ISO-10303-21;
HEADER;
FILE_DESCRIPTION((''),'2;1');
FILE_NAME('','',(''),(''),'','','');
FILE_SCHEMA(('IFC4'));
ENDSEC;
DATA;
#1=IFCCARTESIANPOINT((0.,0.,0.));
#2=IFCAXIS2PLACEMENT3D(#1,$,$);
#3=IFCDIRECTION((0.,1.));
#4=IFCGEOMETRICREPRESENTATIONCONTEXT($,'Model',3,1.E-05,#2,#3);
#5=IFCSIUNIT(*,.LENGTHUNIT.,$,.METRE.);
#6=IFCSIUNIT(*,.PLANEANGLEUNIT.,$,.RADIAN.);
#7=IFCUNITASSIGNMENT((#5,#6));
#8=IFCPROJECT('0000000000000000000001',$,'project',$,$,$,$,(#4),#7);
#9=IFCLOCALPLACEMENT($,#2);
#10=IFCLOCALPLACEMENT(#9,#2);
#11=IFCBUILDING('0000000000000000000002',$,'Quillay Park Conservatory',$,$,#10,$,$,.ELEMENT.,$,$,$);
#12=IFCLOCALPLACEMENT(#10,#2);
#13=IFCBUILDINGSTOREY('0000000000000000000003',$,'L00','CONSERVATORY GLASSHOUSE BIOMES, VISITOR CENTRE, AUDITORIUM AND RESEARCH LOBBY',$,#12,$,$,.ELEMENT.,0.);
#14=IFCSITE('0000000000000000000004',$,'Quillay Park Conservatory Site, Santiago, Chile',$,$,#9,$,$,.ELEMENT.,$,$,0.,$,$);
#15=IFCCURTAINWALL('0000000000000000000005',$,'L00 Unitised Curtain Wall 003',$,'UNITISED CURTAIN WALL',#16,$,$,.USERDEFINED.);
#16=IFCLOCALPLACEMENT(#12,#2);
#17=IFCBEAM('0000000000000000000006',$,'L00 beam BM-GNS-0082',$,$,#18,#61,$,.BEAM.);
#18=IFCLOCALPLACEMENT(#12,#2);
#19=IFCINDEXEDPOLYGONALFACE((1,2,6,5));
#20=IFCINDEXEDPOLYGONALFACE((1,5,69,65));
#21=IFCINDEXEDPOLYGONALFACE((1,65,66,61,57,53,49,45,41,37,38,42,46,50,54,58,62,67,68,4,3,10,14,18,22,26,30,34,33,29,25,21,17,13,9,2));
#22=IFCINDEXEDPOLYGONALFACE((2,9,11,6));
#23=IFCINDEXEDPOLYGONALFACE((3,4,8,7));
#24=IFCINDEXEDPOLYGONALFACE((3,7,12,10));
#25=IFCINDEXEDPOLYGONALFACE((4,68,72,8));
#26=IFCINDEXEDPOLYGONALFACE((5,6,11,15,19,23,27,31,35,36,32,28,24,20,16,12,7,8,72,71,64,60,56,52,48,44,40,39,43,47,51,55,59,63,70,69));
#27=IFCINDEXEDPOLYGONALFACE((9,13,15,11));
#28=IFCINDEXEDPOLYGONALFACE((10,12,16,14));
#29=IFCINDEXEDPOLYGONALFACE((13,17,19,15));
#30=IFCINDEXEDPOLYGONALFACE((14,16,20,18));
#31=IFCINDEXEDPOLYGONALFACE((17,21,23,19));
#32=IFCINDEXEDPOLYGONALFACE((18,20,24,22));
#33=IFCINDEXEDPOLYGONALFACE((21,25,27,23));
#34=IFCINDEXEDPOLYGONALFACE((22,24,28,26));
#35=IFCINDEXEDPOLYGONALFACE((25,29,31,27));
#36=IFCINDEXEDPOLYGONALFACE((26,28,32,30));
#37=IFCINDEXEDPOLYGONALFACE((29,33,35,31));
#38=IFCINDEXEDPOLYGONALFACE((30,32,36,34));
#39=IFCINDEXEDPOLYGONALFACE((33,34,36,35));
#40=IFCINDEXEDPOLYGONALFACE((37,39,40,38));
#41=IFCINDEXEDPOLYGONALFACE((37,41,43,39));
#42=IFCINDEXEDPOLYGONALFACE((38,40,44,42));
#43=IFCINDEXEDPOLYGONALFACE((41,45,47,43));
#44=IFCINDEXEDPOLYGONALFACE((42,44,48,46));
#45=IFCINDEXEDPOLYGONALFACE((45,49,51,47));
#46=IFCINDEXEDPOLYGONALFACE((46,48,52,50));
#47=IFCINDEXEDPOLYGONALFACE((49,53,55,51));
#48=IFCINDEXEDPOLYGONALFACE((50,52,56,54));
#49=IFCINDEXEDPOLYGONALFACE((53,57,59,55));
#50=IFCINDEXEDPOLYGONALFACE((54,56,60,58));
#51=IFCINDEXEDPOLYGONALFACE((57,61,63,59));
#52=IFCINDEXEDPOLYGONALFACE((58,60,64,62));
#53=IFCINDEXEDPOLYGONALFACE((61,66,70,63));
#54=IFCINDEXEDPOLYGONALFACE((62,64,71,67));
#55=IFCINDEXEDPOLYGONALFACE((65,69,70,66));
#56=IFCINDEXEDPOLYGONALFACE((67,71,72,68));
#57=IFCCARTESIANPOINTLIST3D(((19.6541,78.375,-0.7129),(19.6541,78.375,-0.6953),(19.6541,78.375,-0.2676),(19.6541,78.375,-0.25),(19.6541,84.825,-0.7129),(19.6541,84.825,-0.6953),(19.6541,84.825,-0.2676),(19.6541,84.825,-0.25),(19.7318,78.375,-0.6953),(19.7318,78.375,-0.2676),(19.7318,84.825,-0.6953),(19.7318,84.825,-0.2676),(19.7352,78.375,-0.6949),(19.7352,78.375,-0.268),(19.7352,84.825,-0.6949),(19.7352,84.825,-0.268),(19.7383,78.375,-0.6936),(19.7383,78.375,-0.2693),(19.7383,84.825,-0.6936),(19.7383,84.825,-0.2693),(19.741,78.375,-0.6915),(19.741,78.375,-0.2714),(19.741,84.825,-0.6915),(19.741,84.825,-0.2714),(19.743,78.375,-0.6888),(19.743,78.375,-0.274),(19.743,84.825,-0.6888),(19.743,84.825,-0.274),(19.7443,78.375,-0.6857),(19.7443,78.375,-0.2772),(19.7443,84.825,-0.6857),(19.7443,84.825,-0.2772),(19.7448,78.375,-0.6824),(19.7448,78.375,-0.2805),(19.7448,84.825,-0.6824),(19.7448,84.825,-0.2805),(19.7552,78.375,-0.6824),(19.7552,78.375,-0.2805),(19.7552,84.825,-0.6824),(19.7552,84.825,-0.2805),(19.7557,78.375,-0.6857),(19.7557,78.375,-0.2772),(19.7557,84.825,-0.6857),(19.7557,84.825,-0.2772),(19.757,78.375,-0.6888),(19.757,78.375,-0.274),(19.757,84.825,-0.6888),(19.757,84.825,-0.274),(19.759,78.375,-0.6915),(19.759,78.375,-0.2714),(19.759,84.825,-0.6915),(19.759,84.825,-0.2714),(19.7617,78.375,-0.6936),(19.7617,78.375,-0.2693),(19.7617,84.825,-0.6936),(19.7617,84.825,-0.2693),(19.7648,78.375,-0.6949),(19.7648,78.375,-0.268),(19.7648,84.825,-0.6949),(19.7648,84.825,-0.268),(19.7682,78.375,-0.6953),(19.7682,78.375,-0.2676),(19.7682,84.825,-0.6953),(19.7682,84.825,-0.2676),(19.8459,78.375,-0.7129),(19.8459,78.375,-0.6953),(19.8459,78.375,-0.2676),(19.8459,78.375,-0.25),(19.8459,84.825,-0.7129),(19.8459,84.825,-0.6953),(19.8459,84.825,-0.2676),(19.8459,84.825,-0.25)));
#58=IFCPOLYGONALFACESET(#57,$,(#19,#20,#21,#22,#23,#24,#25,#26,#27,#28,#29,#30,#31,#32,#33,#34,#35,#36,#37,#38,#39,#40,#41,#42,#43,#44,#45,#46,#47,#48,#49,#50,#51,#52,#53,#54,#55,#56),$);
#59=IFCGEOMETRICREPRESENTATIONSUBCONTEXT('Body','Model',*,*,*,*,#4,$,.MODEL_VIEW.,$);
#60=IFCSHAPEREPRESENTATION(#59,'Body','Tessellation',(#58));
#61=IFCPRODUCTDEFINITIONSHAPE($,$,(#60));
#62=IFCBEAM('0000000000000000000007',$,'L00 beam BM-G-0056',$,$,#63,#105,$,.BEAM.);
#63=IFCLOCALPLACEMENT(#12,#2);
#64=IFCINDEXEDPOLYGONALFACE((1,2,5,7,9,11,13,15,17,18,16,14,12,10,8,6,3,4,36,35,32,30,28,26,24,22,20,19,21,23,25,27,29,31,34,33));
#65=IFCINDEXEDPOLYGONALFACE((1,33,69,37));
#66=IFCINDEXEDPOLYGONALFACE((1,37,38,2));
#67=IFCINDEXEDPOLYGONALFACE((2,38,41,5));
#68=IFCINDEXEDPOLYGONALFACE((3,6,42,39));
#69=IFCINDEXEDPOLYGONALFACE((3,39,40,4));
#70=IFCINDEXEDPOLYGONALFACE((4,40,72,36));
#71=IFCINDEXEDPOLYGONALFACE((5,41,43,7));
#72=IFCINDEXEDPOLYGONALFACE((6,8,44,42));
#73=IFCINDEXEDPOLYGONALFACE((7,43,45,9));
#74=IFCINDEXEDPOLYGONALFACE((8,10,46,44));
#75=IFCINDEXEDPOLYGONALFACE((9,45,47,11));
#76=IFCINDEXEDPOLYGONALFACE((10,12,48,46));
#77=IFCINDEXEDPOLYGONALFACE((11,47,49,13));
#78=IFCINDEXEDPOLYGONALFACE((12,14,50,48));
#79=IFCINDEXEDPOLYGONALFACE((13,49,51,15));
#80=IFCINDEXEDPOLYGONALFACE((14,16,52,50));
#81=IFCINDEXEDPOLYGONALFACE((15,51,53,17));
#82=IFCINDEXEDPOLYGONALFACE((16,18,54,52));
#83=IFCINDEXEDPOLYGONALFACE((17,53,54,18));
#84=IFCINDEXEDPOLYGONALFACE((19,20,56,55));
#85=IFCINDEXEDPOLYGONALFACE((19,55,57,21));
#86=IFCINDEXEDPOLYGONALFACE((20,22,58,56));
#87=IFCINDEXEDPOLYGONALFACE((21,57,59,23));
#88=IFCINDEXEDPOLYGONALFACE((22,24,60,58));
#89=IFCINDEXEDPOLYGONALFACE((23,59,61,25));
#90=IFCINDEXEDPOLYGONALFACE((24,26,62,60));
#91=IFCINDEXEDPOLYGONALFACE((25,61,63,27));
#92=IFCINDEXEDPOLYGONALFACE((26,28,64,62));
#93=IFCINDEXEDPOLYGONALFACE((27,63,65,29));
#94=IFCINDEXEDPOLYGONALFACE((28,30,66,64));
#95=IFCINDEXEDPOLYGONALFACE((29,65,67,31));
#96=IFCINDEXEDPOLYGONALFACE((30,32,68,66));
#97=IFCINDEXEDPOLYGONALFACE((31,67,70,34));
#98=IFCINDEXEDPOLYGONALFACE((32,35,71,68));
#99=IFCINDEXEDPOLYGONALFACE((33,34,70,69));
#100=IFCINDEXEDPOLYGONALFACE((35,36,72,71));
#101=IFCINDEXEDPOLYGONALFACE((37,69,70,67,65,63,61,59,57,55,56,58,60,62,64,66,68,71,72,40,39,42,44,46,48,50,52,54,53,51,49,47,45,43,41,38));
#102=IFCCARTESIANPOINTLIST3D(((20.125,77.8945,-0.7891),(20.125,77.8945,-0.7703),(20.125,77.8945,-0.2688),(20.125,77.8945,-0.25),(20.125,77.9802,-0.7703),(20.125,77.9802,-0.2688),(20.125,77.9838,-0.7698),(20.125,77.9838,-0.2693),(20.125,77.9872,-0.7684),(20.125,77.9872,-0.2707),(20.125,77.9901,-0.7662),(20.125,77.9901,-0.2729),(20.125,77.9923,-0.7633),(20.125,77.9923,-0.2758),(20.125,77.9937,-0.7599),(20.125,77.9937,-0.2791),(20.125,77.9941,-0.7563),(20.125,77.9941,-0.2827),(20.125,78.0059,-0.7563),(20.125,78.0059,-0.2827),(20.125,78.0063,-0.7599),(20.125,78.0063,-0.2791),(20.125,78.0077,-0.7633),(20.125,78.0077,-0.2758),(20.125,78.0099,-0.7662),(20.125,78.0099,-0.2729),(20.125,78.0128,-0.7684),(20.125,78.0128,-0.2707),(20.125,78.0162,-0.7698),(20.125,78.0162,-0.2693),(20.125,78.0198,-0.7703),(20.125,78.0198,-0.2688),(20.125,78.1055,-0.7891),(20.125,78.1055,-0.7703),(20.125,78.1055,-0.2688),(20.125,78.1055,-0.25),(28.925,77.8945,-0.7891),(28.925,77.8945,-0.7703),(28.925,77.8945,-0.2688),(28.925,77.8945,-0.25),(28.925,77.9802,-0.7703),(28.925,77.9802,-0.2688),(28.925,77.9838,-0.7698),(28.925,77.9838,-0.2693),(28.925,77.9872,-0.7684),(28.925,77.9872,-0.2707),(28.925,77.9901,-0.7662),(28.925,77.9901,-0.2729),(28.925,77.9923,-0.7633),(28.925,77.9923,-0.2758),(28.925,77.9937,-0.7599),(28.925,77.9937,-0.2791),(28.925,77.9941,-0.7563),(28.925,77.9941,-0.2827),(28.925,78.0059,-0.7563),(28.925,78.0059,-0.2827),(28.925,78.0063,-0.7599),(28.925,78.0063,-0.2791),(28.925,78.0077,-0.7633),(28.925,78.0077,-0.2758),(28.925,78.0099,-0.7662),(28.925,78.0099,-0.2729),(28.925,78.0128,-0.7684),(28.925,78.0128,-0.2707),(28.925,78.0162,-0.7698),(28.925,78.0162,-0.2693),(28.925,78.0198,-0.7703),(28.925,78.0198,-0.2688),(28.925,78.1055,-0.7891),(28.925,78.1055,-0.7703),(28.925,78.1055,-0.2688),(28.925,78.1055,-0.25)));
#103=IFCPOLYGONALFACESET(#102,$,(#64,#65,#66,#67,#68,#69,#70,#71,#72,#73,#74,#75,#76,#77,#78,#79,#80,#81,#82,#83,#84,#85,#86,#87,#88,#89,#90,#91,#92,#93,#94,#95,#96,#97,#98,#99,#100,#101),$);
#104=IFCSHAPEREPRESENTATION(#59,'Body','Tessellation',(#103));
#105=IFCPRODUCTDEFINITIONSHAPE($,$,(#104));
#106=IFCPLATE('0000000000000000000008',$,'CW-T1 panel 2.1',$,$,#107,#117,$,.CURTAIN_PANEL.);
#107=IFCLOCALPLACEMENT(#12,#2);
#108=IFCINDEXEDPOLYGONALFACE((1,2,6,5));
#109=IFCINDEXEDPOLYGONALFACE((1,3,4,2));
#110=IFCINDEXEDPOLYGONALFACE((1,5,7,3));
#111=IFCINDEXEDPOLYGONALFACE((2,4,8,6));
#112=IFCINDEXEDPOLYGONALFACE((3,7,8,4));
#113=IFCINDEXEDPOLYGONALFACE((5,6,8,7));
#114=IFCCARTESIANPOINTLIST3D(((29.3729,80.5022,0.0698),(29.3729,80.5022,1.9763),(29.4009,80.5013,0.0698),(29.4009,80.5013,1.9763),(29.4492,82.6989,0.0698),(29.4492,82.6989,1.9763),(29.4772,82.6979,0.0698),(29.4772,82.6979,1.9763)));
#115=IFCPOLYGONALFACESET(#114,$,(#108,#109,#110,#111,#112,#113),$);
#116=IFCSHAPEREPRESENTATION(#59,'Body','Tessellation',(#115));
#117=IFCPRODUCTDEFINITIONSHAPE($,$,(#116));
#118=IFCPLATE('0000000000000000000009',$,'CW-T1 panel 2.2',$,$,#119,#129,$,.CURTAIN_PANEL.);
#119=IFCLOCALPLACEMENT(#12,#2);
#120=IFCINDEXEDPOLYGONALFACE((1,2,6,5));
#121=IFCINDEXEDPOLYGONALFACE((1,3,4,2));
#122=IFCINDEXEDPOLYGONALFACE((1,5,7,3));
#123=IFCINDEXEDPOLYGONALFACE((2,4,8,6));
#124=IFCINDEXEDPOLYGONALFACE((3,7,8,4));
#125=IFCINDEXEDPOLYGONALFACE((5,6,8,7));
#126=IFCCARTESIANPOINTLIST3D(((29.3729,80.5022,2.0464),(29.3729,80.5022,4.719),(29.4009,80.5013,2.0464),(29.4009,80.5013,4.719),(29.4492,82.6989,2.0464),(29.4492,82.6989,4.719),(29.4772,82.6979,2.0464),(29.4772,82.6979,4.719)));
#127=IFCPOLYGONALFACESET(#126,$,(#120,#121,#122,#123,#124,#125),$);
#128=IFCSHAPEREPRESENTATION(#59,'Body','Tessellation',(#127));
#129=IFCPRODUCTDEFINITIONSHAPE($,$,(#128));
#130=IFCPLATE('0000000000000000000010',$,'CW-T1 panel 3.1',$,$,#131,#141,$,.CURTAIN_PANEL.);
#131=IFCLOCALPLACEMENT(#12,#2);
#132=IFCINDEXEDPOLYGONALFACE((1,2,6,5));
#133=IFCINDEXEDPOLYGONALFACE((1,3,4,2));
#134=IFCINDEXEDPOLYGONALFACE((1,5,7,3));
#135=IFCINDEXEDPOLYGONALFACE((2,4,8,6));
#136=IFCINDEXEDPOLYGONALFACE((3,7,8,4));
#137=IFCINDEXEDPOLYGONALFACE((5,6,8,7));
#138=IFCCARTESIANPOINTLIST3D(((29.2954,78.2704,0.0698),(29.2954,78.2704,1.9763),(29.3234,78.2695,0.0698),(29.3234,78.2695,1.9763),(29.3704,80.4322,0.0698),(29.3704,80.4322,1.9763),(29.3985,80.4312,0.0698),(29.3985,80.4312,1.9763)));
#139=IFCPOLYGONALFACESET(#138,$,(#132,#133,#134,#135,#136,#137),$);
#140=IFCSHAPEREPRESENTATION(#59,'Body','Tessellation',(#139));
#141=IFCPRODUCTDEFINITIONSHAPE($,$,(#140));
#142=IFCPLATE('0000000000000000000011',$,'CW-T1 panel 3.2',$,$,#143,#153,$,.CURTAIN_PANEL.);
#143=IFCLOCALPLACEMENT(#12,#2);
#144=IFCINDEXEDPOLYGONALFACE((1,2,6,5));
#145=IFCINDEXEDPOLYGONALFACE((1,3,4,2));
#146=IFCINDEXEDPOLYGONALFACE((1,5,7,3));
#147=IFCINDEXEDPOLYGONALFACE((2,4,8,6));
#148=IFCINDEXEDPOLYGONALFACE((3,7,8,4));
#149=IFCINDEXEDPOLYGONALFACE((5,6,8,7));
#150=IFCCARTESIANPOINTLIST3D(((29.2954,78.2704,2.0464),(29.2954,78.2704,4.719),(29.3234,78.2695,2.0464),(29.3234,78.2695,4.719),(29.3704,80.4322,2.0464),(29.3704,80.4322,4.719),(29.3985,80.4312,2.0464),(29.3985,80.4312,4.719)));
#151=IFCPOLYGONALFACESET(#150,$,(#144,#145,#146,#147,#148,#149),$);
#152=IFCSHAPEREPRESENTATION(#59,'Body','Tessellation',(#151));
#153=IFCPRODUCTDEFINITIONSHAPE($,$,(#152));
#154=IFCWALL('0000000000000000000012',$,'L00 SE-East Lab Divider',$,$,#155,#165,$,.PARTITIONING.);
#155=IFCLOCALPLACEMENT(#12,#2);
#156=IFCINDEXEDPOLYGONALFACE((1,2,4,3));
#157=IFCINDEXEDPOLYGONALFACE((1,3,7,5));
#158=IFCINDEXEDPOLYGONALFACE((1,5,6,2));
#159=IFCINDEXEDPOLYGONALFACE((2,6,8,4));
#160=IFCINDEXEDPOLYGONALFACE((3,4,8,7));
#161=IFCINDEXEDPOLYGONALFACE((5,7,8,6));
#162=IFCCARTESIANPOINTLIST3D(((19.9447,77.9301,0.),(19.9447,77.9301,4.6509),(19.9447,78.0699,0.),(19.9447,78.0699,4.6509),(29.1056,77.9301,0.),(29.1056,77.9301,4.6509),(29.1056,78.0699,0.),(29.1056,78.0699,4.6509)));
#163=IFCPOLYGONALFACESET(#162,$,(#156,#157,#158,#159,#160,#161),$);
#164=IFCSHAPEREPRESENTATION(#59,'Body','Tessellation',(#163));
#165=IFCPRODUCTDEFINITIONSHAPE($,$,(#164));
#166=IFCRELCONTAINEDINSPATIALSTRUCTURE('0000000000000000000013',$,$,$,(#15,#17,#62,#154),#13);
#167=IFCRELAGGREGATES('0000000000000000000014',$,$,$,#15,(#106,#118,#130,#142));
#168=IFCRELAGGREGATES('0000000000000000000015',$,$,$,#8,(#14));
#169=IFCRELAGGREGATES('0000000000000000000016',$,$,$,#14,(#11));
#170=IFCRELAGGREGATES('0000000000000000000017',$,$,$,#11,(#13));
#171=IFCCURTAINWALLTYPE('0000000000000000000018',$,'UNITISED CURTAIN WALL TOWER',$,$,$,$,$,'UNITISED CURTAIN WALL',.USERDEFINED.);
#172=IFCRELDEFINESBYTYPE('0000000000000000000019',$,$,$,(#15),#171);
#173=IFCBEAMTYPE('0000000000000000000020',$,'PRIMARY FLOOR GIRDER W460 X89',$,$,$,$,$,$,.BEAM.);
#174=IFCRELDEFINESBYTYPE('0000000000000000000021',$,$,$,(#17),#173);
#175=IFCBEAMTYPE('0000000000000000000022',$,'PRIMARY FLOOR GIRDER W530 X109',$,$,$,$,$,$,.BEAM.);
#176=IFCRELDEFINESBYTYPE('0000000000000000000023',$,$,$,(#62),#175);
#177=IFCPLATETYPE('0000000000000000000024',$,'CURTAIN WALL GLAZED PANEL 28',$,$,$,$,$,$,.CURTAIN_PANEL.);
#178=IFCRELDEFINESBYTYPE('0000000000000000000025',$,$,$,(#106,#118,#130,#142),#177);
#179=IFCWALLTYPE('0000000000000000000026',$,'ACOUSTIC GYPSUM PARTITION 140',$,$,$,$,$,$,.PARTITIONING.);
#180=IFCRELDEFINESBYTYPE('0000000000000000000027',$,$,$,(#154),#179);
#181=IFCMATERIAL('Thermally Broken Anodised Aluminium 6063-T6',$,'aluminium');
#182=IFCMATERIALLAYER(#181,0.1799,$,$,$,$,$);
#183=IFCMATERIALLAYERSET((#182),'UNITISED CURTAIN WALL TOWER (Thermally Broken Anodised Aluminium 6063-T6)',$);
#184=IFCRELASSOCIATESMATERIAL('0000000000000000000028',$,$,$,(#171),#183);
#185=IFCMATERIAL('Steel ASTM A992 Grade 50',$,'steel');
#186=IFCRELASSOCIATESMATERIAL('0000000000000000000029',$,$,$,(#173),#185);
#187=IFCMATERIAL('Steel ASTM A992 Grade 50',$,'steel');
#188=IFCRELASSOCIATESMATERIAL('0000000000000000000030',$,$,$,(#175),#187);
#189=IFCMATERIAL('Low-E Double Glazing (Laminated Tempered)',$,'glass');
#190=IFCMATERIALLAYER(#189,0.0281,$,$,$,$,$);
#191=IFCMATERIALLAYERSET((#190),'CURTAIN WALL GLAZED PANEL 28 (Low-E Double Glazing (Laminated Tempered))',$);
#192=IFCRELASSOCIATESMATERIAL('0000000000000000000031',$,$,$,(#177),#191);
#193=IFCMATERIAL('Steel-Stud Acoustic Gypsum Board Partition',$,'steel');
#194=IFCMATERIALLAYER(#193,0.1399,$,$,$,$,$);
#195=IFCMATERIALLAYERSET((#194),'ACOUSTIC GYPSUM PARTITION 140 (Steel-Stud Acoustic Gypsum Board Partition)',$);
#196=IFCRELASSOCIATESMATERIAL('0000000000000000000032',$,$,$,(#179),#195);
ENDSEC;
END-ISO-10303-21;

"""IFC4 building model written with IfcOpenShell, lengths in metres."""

from ifc_helpers import new_model, si_unit, direction, frame, frame_2d, origin, origin_2d, place, context, subcontext, project, spatial, rectangle, i_section, extrude, material, layer, layer_set, material_profile, profile_set, type_object, element, aggregate, save


model = new_model("IFC4")

# Units and contexts
model_context = context("Model", 3, precision=1e-05, world=origin(), true_north=direction((0.0, 1.0)))
body_context = subcontext(model_context, "Body", "Model", "MODEL_VIEW")
ifc_project = project(units=[si_unit("LENGTHUNIT", "METRE"), si_unit("PLANEANGLEUNIT", "RADIAN")], contexts=[model_context])

# Site, building, storey
site_placement = place(None, origin())
site = spatial("IfcSite", under=ifc_project, at=site_placement, Name="Quillay Park Conservatory Site, Santiago, Chile", CompositionType="ELEMENT", RefElevation=0.0)
building_placement = place(site_placement, origin())
building = spatial("IfcBuilding", under=site, at=building_placement, Name="Quillay Park Conservatory", CompositionType="ELEMENT")
storey_placement = place(building_placement, origin())
storey = spatial("IfcBuildingStorey", under=building, at=storey_placement, Name="L00", Description="CONSERVATORY GLASSHOUSE BIOMES, VISITOR CENTRE, AUDITORIUM AND RESEARCH LOBBY", CompositionType="ELEMENT", Elevation=0.0)

# Shared definitions
ifc_material_1 = material(Name="Thermally Broken Anodised Aluminium 6063-T6", Category="aluminium")
ifc_layer_1 = layer(ifc_material_1, 0.1799)
ifc_layer_set_1 = layer_set([ifc_layer_1], Name="UNITISED CURTAIN WALL TOWER (Thermally Broken Anodised Aluminium 6063-T6)")
curtain_wall_type = type_object("IfcCurtainWallType", Name="UNITISED CURTAIN WALL TOWER", ElementType="UNITISED CURTAIN WALL", PredefinedType="USERDEFINED", material=ifc_layer_set_1)

# Curtain wall
curtain_wall_1_placement = place(storey_placement, origin())
curtain_wall_1 = element("IfcCurtainWall", 1, at=curtain_wall_1_placement, inside=storey, type_object=curtain_wall_type, Name="L00 Unitised Curtain Wall 003", ObjectType="UNITISED CURTAIN WALL", PredefinedType="USERDEFINED")

# Beams
ifc_material_2 = material(Name="Steel ASTM A992 Grade 50", Category="steel")
ifc_material_profile_1 = material_profile(ifc_material_2, i_section(OverallWidth=0.1919, OverallDepth=0.4629, WebThickness=0.0105, FlangeThickness=0.0176, FilletRadius=0.0129, at=origin_2d()), Name="W460x89")
ifc_profile_set_1 = profile_set([ifc_material_profile_1], Name="Steel ASTM A992 Grade 50")
beam_type_1 = type_object("IfcBeamType", Name="PRIMARY FLOOR GIRDER W460 X89", PredefinedType="BEAM", material=ifc_profile_set_1)
beam_1_placement = place(storey_placement, frame((19.75, 78.375, -0.4814), z_axis=(0.0, 1.0, 0.0), x_axis=(-1.0, 0.0, 0.0)))
element("IfcBeam", 2, at=beam_1_placement, inside=storey, type_object=beam_type_1, Name="L00 beam BM-GNS-0082", PredefinedType="BEAM", context=body_context, shape_type="SweptSolid", body=[
    extrude(i_section(OverallWidth=0.1919, OverallDepth=0.4629, WebThickness=0.0105, FlangeThickness=0.0176, FilletRadius=0.0129, at=origin_2d()), origin(), (0.0, 0.0, 1.0), 6.45),
])
ifc_material_3 = material(Name="Steel ASTM A992 Grade 50", Category="steel")
ifc_material_profile_2 = material_profile(ifc_material_3, i_section(OverallWidth=0.2109, OverallDepth=0.5391, WebThickness=0.0117, FlangeThickness=0.0188, FilletRadius=0.0139, at=origin_2d()), Name="W530x109")
ifc_profile_set_2 = profile_set([ifc_material_profile_2], Name="Steel ASTM A992 Grade 50")
beam_type_2 = type_object("IfcBeamType", Name="PRIMARY FLOOR GIRDER W530 X109", PredefinedType="BEAM", material=ifc_profile_set_2)
beam_2_placement = place(storey_placement, frame((20.125, 78.0, -0.5195), z_axis=(1.0, 0.0, 0.0), x_axis=(0.0, 1.0, 0.0)))
element("IfcBeam", 3, at=beam_2_placement, inside=storey, type_object=beam_type_2, Name="L00 beam BM-G-0056", PredefinedType="BEAM", context=body_context, shape_type="SweptSolid", body=[
    extrude(i_section(OverallWidth=0.2109, OverallDepth=0.5391, WebThickness=0.0117, FlangeThickness=0.0188, FilletRadius=0.0139, at=origin_2d()), origin(), (0.0, 0.0, 1.0), 8.8),
])

# Plates
ifc_material_4 = material(Name="Low-E Double Glazing (Laminated Tempered)", Category="glass")
ifc_layer_2 = layer(ifc_material_4, 0.0281)
ifc_layer_set_2 = layer_set([ifc_layer_2], Name="CURTAIN WALL GLAZED PANEL 28 (Low-E Double Glazing (Laminated Tempered))")
plate_type = type_object("IfcPlateType", Name="CURTAIN WALL GLAZED PANEL 28", PredefinedType="CURTAIN_PANEL", material=ifc_layer_set_2)
plate_1_placement = place(storey_placement, frame((29.425, 81.6001, 0.0698), z_axis=(0.0, 0.0, 1.0), x_axis=(-0.034713, -0.999397, 0.0)))
plate_1 = element("IfcPlate", 4, at=plate_1_placement, type_object=plate_type, Name="CW-T1 panel 2.1", PredefinedType="CURTAIN_PANEL", context=body_context, shape_type="SweptSolid", body=[
    extrude(rectangle(XDim=2.198, YDim=0.0281, at=origin_2d()), origin(), (0.0, 0.0, 1.0), 1.9065),
])
plate_2_placement = place(storey_placement, frame((29.425, 81.6001, 2.0464), z_axis=(0.0, 0.0, 1.0), x_axis=(-0.034713, -0.999397, 0.0)))
plate_2 = element("IfcPlate", 5, at=plate_2_placement, type_object=plate_type, Name="CW-T1 panel 2.2", PredefinedType="CURTAIN_PANEL", context=body_context, shape_type="SweptSolid", body=[
    extrude(rectangle(XDim=2.198, YDim=0.0281, at=origin_2d()), origin(), (0.0, 0.0, 1.0), 2.6726),
])
plate_3_placement = place(storey_placement, frame((29.3469, 79.3508, 0.0698), z_axis=(0.0, 0.0, 1.0), x_axis=(-0.034713, -0.999397, 0.0)))
plate_3 = element("IfcPlate", 6, at=plate_3_placement, type_object=plate_type, Name="CW-T1 panel 3.1", PredefinedType="CURTAIN_PANEL", context=body_context, shape_type="SweptSolid", body=[
    extrude(rectangle(XDim=2.1631, YDim=0.0281, at=origin_2d()), origin(), (0.0, 0.0, 1.0), 1.9065),
])
plate_4_placement = place(storey_placement, frame((29.3469, 79.3508, 2.0464), z_axis=(0.0, 0.0, 1.0), x_axis=(-0.034713, -0.999397, 0.0)))
plate_4 = element("IfcPlate", 7, at=plate_4_placement, type_object=plate_type, Name="CW-T1 panel 3.2", PredefinedType="CURTAIN_PANEL", context=body_context, shape_type="SweptSolid", body=[
    extrude(rectangle(XDim=2.1631, YDim=0.0281, at=origin_2d()), origin(), (0.0, 0.0, 1.0), 2.6726),
])
aggregate(curtain_wall_1, [plate_1, plate_2, plate_3, plate_4])

# Wall
ifc_material_5 = material(Name="Steel-Stud Acoustic Gypsum Board Partition", Category="steel")
ifc_layer_3 = layer(ifc_material_5, 0.1399)
ifc_layer_set_3 = layer_set([ifc_layer_3], Name="ACOUSTIC GYPSUM PARTITION 140 (Steel-Stud Acoustic Gypsum Board Partition)")
wall_type = type_object("IfcWallType", Name="ACOUSTIC GYPSUM PARTITION 140", PredefinedType="PARTITIONING", material=ifc_layer_set_3)
wall_placement = place(storey_placement, frame((19.9446, 78.0, 0.0), z_axis=(0.0, 0.0, 1.0), x_axis=(1.0, 0.0, 0.0)))
element("IfcWall", 8, at=wall_placement, inside=storey, type_object=wall_type, Name="L00 SE-East Lab Divider", PredefinedType="PARTITIONING", context=body_context, shape_type="SweptSolid", body=[
    extrude(rectangle(XDim=9.1609, YDim=0.1399, at=frame_2d((4.5806, 0.0))), origin(), (0.0, 0.0, 1.0), 4.6509),
])

save(model, "model.ifc")
